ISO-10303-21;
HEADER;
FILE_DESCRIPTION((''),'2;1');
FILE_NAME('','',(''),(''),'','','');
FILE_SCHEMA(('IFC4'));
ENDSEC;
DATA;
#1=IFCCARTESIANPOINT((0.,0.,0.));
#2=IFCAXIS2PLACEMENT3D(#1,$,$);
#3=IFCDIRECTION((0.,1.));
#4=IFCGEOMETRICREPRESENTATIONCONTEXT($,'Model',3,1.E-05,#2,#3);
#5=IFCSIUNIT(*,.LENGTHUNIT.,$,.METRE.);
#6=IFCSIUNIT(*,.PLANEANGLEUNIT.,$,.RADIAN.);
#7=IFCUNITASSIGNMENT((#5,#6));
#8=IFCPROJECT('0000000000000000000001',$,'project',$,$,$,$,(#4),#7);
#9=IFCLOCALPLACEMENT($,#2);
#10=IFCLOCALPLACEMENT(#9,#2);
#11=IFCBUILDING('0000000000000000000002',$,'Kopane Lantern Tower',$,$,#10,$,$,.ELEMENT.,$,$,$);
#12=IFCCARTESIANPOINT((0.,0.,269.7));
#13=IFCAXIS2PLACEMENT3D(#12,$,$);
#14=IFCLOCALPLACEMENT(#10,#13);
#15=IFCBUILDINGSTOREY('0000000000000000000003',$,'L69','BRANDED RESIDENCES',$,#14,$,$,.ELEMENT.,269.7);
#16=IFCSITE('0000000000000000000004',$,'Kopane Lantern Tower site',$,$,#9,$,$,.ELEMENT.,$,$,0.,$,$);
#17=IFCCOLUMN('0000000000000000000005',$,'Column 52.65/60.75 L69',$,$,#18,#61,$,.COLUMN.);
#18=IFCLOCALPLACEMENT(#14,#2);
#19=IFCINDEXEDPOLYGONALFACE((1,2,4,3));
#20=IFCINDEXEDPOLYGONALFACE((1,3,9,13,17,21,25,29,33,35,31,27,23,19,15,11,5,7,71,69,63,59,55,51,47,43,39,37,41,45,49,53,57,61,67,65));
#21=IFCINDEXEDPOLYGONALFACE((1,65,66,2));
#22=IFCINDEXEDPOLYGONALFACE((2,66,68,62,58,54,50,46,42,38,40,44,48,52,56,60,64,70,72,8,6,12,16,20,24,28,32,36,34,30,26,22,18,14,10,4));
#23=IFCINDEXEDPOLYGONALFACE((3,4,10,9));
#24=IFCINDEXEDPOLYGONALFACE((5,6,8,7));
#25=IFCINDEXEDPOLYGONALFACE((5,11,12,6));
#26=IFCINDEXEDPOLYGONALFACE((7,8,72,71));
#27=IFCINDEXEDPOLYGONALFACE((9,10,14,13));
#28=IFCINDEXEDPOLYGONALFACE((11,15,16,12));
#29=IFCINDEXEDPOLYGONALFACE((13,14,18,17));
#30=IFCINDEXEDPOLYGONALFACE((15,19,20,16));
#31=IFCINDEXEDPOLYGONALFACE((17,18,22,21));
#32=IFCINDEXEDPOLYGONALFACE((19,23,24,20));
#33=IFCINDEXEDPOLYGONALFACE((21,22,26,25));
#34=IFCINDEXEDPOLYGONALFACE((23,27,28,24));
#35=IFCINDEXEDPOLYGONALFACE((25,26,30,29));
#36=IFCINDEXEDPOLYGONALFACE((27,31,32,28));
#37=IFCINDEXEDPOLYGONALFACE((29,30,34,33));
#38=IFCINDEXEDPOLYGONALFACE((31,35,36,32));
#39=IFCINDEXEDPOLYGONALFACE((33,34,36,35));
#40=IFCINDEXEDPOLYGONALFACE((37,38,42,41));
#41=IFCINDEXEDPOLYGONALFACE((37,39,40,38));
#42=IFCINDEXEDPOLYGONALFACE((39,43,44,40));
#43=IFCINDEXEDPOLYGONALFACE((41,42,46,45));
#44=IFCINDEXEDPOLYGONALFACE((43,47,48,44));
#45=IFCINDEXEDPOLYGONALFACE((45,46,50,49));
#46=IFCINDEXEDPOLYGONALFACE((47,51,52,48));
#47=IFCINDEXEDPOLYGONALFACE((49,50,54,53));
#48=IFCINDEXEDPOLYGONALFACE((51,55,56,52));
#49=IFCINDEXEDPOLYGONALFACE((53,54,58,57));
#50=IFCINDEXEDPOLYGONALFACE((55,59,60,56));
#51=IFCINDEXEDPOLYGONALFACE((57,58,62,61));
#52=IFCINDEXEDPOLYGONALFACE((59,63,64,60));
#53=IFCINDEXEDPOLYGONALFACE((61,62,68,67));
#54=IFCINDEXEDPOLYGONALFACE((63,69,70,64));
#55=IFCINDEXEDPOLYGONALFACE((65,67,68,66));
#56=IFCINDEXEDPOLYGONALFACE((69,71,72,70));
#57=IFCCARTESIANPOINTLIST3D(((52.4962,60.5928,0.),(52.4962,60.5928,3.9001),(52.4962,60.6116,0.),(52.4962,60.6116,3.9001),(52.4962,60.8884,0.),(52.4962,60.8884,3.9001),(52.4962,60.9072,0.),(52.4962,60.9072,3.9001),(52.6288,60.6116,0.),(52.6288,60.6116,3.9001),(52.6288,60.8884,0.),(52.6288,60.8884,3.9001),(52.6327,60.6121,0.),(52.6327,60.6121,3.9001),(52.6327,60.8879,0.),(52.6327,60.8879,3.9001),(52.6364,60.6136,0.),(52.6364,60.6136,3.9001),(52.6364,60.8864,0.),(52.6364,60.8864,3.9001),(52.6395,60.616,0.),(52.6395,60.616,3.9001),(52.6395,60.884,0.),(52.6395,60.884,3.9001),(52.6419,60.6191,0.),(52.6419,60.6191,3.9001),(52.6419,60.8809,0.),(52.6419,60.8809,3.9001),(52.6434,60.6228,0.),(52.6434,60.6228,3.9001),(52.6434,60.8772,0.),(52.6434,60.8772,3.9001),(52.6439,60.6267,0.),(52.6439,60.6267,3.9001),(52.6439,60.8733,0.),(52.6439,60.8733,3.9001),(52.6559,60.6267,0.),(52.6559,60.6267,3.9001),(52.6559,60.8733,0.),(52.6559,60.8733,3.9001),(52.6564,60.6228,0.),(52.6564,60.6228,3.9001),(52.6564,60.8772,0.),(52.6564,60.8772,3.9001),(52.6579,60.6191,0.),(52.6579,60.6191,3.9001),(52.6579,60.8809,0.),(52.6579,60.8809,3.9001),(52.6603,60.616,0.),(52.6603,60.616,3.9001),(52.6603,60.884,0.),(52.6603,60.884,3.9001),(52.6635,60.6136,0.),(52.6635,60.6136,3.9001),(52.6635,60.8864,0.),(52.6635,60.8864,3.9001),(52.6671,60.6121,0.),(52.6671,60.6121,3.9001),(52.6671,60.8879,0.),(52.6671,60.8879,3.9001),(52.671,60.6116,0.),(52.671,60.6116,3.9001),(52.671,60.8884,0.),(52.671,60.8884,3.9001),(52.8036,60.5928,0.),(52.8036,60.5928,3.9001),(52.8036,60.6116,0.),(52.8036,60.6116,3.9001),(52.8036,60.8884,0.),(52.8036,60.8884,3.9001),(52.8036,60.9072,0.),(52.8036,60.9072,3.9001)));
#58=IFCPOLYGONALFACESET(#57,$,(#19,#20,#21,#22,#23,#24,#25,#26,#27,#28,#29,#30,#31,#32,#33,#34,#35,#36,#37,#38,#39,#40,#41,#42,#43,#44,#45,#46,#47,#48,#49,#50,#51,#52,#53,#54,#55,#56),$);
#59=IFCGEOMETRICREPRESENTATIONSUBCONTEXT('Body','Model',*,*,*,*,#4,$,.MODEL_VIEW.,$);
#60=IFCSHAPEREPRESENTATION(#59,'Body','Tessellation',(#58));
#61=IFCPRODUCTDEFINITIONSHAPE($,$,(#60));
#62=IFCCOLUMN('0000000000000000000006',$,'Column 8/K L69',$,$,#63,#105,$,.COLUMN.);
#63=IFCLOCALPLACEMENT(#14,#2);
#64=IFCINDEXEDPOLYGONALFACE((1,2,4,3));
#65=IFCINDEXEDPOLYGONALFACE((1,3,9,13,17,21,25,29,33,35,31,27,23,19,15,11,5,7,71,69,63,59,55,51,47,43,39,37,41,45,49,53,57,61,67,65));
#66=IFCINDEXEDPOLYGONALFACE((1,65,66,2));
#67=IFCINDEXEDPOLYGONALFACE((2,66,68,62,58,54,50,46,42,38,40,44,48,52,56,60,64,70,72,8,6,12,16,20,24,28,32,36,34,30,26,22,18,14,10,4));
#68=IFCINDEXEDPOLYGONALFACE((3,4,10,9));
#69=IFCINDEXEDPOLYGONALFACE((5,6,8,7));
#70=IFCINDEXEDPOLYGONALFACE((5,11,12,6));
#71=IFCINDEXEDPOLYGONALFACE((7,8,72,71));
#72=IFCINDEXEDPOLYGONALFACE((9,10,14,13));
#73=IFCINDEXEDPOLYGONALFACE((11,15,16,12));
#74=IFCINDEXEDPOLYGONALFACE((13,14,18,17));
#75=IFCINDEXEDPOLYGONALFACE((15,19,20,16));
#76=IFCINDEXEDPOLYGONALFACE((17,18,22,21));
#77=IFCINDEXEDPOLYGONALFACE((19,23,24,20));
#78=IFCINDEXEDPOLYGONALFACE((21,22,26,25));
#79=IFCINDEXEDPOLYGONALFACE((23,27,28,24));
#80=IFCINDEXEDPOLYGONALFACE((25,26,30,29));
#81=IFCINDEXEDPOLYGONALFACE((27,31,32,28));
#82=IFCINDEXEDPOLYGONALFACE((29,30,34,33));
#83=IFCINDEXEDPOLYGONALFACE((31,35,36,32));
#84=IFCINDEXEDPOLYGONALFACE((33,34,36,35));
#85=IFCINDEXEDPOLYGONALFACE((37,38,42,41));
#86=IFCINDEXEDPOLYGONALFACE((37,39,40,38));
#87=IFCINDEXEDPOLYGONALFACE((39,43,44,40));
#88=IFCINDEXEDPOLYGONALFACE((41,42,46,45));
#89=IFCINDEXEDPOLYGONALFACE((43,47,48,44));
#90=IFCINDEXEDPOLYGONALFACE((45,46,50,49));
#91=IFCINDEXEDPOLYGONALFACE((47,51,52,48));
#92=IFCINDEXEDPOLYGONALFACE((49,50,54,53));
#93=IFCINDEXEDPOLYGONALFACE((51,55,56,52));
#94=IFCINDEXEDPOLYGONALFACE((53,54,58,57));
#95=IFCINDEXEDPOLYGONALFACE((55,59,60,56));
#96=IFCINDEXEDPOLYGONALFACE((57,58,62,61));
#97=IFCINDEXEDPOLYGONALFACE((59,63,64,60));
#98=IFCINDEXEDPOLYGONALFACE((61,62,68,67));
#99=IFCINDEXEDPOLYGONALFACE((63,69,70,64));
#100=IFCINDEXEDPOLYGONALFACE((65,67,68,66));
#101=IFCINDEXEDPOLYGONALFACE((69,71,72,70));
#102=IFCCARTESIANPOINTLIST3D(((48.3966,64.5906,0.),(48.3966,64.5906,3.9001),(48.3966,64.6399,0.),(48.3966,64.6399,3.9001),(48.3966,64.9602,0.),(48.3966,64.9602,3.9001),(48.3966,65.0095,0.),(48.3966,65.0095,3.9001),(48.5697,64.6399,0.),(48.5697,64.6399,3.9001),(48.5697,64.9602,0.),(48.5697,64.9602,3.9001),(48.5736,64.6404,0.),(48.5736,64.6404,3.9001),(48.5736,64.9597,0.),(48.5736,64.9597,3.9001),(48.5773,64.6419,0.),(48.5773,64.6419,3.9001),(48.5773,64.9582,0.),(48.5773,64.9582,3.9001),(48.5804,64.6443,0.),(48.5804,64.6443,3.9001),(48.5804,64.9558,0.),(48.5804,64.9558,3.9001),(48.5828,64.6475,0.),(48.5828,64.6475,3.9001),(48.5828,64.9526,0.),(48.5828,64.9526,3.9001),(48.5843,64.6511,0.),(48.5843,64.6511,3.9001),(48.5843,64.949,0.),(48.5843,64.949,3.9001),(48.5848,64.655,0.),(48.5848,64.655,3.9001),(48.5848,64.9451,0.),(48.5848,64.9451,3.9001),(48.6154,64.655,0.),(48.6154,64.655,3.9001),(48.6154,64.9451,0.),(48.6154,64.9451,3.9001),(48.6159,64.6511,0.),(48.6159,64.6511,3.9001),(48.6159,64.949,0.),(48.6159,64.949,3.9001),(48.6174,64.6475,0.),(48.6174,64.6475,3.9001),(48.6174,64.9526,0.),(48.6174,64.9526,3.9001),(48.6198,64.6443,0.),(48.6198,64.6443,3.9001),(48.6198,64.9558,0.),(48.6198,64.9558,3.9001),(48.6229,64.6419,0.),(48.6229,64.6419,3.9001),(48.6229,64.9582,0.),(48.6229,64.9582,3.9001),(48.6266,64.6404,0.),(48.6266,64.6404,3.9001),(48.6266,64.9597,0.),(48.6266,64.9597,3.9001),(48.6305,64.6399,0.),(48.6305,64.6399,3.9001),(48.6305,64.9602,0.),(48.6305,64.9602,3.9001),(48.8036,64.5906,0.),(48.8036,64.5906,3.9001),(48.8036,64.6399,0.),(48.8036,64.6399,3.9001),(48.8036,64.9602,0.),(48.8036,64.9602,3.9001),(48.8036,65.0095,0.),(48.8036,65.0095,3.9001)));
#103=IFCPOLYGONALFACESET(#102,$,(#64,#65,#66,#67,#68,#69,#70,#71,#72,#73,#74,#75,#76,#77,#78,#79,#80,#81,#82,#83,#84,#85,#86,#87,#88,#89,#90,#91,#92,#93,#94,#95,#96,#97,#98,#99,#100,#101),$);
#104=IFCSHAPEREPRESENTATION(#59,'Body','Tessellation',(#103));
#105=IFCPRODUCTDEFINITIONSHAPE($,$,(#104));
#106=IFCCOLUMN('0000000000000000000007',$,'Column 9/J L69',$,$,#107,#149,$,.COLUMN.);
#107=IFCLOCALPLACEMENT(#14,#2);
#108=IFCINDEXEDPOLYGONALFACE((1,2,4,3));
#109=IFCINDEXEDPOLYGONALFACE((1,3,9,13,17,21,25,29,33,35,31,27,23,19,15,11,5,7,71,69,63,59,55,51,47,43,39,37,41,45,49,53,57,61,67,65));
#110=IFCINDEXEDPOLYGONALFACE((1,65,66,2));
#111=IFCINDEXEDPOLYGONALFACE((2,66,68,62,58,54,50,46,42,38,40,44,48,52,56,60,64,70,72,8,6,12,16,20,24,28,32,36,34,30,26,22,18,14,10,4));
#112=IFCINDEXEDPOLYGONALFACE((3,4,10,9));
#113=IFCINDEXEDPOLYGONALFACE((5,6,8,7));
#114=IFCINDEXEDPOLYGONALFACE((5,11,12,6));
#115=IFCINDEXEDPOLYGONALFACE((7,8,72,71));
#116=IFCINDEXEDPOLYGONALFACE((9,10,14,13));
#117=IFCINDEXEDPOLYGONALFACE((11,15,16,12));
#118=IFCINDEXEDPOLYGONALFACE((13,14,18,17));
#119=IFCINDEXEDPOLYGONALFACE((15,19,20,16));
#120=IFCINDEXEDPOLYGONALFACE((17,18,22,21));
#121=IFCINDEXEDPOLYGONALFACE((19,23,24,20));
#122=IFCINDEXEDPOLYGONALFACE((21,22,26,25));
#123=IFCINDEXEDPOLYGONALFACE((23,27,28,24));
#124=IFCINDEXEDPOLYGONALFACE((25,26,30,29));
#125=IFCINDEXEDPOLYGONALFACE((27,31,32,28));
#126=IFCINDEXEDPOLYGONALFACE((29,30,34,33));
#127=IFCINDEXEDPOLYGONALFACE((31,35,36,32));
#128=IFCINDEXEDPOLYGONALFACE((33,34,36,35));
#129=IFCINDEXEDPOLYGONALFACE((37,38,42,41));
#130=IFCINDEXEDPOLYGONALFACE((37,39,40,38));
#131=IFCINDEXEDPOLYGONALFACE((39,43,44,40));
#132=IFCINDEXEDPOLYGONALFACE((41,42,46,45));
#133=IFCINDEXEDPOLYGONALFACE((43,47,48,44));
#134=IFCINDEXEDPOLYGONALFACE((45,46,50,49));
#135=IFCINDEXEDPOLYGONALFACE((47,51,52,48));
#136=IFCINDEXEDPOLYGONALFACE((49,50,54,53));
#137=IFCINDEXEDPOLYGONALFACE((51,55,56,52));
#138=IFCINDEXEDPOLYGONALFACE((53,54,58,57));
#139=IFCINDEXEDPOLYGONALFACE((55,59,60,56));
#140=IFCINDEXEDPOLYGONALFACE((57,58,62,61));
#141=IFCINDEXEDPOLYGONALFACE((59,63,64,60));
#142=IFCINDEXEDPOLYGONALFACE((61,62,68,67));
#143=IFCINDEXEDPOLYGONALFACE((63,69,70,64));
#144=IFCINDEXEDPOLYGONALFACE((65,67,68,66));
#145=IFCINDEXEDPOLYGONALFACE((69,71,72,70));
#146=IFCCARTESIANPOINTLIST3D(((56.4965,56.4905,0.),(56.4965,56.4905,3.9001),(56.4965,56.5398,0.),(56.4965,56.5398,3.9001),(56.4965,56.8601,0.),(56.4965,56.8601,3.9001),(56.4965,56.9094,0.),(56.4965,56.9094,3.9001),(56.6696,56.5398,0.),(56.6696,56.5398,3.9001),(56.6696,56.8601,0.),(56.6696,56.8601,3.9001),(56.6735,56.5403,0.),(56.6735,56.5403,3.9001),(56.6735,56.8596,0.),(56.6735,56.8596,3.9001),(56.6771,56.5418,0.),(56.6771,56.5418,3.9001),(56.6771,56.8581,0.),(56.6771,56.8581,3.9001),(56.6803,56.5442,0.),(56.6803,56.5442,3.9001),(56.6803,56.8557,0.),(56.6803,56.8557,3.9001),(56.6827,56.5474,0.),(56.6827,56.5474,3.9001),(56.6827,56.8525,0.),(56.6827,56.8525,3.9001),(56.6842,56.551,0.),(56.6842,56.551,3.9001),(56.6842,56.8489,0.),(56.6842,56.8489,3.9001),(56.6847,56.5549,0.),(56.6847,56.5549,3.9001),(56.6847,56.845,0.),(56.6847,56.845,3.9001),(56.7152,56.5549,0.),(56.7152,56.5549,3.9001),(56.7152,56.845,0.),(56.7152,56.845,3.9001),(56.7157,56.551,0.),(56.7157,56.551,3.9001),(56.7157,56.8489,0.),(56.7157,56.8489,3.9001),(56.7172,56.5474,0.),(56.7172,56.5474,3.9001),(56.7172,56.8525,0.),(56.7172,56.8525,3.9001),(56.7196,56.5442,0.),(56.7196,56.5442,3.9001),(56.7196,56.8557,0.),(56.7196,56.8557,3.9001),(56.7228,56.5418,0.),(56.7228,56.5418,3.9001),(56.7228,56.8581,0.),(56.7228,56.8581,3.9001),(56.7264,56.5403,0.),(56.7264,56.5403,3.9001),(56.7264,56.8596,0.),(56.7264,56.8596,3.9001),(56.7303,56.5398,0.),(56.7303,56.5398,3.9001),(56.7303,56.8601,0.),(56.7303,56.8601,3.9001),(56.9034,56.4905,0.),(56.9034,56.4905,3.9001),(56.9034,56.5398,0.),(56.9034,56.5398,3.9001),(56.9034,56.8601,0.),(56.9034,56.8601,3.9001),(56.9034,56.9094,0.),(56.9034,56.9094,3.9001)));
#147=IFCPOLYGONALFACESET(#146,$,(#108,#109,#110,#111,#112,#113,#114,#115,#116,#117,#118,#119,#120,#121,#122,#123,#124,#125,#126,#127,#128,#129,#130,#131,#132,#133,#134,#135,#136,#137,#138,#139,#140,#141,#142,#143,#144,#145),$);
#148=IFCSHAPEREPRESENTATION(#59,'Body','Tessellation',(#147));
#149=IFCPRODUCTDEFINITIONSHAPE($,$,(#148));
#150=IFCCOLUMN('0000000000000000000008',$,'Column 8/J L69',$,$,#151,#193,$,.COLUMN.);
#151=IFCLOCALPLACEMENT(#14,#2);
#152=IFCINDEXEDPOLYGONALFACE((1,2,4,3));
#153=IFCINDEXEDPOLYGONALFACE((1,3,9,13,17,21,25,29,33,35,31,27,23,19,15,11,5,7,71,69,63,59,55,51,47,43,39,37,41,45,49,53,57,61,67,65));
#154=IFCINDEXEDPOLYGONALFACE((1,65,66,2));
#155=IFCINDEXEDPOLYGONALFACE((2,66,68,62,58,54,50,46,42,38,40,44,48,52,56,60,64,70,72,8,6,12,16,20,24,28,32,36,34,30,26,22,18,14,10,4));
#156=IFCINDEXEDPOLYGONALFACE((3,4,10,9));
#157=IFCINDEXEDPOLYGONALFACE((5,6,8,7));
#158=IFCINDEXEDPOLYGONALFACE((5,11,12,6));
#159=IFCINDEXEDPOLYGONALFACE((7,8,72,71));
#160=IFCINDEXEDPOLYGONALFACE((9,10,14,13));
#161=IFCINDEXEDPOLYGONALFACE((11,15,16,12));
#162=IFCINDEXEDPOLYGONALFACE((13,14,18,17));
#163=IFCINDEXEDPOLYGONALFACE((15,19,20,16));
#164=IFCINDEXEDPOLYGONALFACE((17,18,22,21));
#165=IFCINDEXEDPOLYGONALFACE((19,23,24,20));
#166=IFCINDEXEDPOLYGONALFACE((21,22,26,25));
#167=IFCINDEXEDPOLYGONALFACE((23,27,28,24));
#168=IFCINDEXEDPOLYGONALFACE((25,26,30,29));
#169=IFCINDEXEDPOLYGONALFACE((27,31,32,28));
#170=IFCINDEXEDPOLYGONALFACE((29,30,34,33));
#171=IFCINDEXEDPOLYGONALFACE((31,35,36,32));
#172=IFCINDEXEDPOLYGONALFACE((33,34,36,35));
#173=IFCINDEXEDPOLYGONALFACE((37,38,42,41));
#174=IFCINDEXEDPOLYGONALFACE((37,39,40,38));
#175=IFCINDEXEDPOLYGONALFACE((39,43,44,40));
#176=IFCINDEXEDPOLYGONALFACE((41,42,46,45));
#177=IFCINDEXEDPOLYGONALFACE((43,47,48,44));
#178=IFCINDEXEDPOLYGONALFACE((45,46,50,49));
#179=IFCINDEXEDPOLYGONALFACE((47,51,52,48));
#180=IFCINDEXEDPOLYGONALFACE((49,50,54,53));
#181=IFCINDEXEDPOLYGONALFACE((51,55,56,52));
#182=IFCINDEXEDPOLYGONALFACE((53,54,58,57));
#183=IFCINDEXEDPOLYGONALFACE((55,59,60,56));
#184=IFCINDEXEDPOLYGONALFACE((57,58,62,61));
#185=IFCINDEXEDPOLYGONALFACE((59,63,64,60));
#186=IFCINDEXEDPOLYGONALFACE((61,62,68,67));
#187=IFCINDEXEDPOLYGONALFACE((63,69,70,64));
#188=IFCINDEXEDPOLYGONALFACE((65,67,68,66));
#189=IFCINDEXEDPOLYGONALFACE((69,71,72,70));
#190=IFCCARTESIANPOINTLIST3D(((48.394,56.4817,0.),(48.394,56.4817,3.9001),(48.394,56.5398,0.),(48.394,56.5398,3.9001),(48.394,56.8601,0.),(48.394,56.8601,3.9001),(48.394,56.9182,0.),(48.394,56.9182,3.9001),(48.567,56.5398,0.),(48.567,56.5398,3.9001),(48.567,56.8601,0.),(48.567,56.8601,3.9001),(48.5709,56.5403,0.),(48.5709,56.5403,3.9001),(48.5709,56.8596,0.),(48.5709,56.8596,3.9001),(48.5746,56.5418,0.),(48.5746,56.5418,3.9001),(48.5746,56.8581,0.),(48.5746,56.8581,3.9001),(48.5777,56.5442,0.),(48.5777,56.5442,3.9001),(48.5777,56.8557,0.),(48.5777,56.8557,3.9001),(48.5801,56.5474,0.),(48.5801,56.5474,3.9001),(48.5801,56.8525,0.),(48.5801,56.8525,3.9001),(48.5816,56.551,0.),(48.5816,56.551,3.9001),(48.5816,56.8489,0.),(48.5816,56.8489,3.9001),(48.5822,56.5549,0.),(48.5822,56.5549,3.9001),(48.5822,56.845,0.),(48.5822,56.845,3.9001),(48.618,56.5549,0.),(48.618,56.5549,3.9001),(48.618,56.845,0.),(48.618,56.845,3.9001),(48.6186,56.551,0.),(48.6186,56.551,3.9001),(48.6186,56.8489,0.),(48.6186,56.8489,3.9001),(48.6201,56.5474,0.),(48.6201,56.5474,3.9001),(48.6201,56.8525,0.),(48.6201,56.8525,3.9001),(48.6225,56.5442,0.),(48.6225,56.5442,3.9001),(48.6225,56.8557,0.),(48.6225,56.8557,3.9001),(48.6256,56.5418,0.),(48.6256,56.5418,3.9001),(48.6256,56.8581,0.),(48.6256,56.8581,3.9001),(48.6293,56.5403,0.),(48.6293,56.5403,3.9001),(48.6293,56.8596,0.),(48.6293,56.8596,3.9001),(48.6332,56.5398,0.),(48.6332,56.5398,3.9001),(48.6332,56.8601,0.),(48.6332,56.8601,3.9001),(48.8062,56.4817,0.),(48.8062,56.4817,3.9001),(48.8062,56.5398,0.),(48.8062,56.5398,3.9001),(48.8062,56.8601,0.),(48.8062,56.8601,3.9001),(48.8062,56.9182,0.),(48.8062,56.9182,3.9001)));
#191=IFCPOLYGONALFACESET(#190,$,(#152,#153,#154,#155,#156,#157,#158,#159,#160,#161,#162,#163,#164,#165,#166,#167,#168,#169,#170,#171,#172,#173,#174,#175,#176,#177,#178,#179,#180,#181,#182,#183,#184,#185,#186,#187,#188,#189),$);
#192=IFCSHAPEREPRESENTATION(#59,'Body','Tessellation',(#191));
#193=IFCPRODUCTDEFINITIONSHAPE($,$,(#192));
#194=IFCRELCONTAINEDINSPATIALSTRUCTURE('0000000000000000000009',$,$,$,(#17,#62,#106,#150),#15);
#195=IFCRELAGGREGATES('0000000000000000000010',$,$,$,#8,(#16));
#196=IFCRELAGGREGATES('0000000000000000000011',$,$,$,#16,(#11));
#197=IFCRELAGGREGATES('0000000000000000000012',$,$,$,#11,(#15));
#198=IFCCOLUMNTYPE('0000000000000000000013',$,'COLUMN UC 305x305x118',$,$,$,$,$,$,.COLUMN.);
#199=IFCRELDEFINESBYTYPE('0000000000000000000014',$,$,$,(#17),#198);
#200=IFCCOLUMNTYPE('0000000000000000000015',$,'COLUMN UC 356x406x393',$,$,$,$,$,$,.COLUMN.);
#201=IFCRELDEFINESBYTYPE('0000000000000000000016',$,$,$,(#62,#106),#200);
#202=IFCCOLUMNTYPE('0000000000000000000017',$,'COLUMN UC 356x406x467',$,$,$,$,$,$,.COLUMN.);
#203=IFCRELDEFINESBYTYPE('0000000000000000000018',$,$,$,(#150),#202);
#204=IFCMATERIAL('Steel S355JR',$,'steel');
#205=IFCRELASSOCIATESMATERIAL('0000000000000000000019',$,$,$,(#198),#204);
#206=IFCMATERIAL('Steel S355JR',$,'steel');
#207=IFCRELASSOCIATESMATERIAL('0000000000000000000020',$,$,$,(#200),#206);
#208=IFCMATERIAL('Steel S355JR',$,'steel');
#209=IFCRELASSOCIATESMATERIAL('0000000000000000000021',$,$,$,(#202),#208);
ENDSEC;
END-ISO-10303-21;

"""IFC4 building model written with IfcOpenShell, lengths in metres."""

from ifc_helpers import new_model, si_unit, direction, frame, origin, origin_2d, place, context, subcontext, project, spatial, i_section, extrude, material, material_profile, profile_set, type_object, element, save


model = new_model("IFC4")

# Units and contexts
model_context = context("Model", 3, precision=1e-05, world=origin(), true_north=direction((0.0, 1.0)))
body_context = subcontext(model_context, "Body", "Model", "MODEL_VIEW")
ifc_project = project(units=[si_unit("LENGTHUNIT", "METRE"), si_unit("PLANEANGLEUNIT", "RADIAN")], contexts=[model_context])

# Site, building, storey
site_placement = place(None, origin())
site = spatial("IfcSite", under=ifc_project, at=site_placement, Name="Kopane Lantern Tower site", CompositionType="ELEMENT", RefElevation=0.0)
building_placement = place(site_placement, origin())
building = spatial("IfcBuilding", under=site, at=building_placement, Name="Kopane Lantern Tower", CompositionType="ELEMENT")
storey_placement = place(building_placement, frame((0.0, 0.0, 269.7)))
storey = spatial("IfcBuildingStorey", under=building, at=storey_placement, Name="L69", Description="BRANDED RESIDENCES", CompositionType="ELEMENT", Elevation=269.7)

# Columns
ifc_material_1 = material(Name="Steel S355JR", Category="steel")
ifc_material_profile_1 = material_profile(ifc_material_1, i_section(OverallWidth=0.3074, OverallDepth=0.3145, WebThickness=0.012, FlangeThickness=0.0188, FilletRadius=0.0151, at=origin_2d()), Name="UC 305x305x118")
ifc_profile_set_1 = profile_set([ifc_material_profile_1], Name="Steel S355JR")
column_type_1 = type_object("IfcColumnType", Name="COLUMN UC 305x305x118", PredefinedType="COLUMN", material=ifc_profile_set_1)
column_1_placement = place(storey_placement, frame((52.6499, 60.75, 0.0), z_axis=(0.0, 0.0, 1.0), x_axis=(1.0, 0.0, 0.0)))
element("IfcColumn", 1, at=column_1_placement, inside=storey, type_object=column_type_1, Name="Column 52.65/60.75 L69", PredefinedType="COLUMN", context=body_context, shape_type="SweptSolid", body=[
    extrude(i_section(OverallWidth=0.3074, OverallDepth=0.3145, WebThickness=0.012, FlangeThickness=0.0188, FilletRadius=0.0151, at=origin_2d()), origin(), (0.0, 0.0, 1.0), 3.9001),
])
ifc_material_2 = material(Name="Steel S355JR", Category="steel")
ifc_material_profile_2 = material_profile(ifc_material_2, i_section(OverallWidth=0.407, OverallDepth=0.4189, WebThickness=0.0305, FlangeThickness=0.0493, FilletRadius=0.0151, at=origin_2d()), Name="UC 356x406x393")
ifc_profile_set_2 = profile_set([ifc_material_profile_2], Name="Steel S355JR")
column_type_2 = type_object("IfcColumnType", Name="COLUMN UC 356x406x393", PredefinedType="COLUMN", material=ifc_profile_set_2)
for number, where, z_axis, x_axis, name in (
    (2, (48.6001, 64.8, 0.0), (0.0, 0.0, 1.0), (1.0, 0.0, 0.0), "Column 8/K L69"),
    (3, (56.7, 56.7, 0.0), (0.0, 0.0, 1.0), (1.0, 0.0, 0.0), "Column 9/J L69"),
):
    element("IfcColumn", number, at=place(storey_placement, frame(where, z_axis=z_axis, x_axis=x_axis)), inside=storey, type_object=column_type_2, Name=name, PredefinedType="COLUMN", context=body_context, shape_type="SweptSolid", body=[
        extrude(i_section(OverallWidth=0.407, OverallDepth=0.4189, WebThickness=0.0305, FlangeThickness=0.0493, FilletRadius=0.0151, at=origin_2d()), origin(), (0.0, 0.0, 1.0), 3.9001),
    ])
ifc_material_3 = material(Name="Steel S355JR", Category="steel")
ifc_material_profile_3 = material_profile(ifc_material_3, i_section(OverallWidth=0.4121, OverallDepth=0.4365, WebThickness=0.0359, FlangeThickness=0.0581, FilletRadius=0.0151, at=origin_2d()), Name="UC 356x406x467")
ifc_profile_set_3 = profile_set([ifc_material_profile_3], Name="Steel S355JR")
column_type_3 = type_object("IfcColumnType", Name="COLUMN UC 356x406x467", PredefinedType="COLUMN", material=ifc_profile_set_3)
column_2_placement = place(storey_placement, frame((48.6001, 56.7, 0.0), z_axis=(0.0, 0.0, 1.0), x_axis=(1.0, 0.0, 0.0)))
element("IfcColumn", 4, at=column_2_placement, inside=storey, type_object=column_type_3, Name="Column 8/J L69", PredefinedType="COLUMN", context=body_context, shape_type="SweptSolid", body=[
    extrude(i_section(OverallWidth=0.4121, OverallDepth=0.4365, WebThickness=0.0359, FlangeThickness=0.0581, FilletRadius=0.0151, at=origin_2d()), origin(), (0.0, 0.0, 1.0), 3.9001),
])

save(model, "model.ifc")
